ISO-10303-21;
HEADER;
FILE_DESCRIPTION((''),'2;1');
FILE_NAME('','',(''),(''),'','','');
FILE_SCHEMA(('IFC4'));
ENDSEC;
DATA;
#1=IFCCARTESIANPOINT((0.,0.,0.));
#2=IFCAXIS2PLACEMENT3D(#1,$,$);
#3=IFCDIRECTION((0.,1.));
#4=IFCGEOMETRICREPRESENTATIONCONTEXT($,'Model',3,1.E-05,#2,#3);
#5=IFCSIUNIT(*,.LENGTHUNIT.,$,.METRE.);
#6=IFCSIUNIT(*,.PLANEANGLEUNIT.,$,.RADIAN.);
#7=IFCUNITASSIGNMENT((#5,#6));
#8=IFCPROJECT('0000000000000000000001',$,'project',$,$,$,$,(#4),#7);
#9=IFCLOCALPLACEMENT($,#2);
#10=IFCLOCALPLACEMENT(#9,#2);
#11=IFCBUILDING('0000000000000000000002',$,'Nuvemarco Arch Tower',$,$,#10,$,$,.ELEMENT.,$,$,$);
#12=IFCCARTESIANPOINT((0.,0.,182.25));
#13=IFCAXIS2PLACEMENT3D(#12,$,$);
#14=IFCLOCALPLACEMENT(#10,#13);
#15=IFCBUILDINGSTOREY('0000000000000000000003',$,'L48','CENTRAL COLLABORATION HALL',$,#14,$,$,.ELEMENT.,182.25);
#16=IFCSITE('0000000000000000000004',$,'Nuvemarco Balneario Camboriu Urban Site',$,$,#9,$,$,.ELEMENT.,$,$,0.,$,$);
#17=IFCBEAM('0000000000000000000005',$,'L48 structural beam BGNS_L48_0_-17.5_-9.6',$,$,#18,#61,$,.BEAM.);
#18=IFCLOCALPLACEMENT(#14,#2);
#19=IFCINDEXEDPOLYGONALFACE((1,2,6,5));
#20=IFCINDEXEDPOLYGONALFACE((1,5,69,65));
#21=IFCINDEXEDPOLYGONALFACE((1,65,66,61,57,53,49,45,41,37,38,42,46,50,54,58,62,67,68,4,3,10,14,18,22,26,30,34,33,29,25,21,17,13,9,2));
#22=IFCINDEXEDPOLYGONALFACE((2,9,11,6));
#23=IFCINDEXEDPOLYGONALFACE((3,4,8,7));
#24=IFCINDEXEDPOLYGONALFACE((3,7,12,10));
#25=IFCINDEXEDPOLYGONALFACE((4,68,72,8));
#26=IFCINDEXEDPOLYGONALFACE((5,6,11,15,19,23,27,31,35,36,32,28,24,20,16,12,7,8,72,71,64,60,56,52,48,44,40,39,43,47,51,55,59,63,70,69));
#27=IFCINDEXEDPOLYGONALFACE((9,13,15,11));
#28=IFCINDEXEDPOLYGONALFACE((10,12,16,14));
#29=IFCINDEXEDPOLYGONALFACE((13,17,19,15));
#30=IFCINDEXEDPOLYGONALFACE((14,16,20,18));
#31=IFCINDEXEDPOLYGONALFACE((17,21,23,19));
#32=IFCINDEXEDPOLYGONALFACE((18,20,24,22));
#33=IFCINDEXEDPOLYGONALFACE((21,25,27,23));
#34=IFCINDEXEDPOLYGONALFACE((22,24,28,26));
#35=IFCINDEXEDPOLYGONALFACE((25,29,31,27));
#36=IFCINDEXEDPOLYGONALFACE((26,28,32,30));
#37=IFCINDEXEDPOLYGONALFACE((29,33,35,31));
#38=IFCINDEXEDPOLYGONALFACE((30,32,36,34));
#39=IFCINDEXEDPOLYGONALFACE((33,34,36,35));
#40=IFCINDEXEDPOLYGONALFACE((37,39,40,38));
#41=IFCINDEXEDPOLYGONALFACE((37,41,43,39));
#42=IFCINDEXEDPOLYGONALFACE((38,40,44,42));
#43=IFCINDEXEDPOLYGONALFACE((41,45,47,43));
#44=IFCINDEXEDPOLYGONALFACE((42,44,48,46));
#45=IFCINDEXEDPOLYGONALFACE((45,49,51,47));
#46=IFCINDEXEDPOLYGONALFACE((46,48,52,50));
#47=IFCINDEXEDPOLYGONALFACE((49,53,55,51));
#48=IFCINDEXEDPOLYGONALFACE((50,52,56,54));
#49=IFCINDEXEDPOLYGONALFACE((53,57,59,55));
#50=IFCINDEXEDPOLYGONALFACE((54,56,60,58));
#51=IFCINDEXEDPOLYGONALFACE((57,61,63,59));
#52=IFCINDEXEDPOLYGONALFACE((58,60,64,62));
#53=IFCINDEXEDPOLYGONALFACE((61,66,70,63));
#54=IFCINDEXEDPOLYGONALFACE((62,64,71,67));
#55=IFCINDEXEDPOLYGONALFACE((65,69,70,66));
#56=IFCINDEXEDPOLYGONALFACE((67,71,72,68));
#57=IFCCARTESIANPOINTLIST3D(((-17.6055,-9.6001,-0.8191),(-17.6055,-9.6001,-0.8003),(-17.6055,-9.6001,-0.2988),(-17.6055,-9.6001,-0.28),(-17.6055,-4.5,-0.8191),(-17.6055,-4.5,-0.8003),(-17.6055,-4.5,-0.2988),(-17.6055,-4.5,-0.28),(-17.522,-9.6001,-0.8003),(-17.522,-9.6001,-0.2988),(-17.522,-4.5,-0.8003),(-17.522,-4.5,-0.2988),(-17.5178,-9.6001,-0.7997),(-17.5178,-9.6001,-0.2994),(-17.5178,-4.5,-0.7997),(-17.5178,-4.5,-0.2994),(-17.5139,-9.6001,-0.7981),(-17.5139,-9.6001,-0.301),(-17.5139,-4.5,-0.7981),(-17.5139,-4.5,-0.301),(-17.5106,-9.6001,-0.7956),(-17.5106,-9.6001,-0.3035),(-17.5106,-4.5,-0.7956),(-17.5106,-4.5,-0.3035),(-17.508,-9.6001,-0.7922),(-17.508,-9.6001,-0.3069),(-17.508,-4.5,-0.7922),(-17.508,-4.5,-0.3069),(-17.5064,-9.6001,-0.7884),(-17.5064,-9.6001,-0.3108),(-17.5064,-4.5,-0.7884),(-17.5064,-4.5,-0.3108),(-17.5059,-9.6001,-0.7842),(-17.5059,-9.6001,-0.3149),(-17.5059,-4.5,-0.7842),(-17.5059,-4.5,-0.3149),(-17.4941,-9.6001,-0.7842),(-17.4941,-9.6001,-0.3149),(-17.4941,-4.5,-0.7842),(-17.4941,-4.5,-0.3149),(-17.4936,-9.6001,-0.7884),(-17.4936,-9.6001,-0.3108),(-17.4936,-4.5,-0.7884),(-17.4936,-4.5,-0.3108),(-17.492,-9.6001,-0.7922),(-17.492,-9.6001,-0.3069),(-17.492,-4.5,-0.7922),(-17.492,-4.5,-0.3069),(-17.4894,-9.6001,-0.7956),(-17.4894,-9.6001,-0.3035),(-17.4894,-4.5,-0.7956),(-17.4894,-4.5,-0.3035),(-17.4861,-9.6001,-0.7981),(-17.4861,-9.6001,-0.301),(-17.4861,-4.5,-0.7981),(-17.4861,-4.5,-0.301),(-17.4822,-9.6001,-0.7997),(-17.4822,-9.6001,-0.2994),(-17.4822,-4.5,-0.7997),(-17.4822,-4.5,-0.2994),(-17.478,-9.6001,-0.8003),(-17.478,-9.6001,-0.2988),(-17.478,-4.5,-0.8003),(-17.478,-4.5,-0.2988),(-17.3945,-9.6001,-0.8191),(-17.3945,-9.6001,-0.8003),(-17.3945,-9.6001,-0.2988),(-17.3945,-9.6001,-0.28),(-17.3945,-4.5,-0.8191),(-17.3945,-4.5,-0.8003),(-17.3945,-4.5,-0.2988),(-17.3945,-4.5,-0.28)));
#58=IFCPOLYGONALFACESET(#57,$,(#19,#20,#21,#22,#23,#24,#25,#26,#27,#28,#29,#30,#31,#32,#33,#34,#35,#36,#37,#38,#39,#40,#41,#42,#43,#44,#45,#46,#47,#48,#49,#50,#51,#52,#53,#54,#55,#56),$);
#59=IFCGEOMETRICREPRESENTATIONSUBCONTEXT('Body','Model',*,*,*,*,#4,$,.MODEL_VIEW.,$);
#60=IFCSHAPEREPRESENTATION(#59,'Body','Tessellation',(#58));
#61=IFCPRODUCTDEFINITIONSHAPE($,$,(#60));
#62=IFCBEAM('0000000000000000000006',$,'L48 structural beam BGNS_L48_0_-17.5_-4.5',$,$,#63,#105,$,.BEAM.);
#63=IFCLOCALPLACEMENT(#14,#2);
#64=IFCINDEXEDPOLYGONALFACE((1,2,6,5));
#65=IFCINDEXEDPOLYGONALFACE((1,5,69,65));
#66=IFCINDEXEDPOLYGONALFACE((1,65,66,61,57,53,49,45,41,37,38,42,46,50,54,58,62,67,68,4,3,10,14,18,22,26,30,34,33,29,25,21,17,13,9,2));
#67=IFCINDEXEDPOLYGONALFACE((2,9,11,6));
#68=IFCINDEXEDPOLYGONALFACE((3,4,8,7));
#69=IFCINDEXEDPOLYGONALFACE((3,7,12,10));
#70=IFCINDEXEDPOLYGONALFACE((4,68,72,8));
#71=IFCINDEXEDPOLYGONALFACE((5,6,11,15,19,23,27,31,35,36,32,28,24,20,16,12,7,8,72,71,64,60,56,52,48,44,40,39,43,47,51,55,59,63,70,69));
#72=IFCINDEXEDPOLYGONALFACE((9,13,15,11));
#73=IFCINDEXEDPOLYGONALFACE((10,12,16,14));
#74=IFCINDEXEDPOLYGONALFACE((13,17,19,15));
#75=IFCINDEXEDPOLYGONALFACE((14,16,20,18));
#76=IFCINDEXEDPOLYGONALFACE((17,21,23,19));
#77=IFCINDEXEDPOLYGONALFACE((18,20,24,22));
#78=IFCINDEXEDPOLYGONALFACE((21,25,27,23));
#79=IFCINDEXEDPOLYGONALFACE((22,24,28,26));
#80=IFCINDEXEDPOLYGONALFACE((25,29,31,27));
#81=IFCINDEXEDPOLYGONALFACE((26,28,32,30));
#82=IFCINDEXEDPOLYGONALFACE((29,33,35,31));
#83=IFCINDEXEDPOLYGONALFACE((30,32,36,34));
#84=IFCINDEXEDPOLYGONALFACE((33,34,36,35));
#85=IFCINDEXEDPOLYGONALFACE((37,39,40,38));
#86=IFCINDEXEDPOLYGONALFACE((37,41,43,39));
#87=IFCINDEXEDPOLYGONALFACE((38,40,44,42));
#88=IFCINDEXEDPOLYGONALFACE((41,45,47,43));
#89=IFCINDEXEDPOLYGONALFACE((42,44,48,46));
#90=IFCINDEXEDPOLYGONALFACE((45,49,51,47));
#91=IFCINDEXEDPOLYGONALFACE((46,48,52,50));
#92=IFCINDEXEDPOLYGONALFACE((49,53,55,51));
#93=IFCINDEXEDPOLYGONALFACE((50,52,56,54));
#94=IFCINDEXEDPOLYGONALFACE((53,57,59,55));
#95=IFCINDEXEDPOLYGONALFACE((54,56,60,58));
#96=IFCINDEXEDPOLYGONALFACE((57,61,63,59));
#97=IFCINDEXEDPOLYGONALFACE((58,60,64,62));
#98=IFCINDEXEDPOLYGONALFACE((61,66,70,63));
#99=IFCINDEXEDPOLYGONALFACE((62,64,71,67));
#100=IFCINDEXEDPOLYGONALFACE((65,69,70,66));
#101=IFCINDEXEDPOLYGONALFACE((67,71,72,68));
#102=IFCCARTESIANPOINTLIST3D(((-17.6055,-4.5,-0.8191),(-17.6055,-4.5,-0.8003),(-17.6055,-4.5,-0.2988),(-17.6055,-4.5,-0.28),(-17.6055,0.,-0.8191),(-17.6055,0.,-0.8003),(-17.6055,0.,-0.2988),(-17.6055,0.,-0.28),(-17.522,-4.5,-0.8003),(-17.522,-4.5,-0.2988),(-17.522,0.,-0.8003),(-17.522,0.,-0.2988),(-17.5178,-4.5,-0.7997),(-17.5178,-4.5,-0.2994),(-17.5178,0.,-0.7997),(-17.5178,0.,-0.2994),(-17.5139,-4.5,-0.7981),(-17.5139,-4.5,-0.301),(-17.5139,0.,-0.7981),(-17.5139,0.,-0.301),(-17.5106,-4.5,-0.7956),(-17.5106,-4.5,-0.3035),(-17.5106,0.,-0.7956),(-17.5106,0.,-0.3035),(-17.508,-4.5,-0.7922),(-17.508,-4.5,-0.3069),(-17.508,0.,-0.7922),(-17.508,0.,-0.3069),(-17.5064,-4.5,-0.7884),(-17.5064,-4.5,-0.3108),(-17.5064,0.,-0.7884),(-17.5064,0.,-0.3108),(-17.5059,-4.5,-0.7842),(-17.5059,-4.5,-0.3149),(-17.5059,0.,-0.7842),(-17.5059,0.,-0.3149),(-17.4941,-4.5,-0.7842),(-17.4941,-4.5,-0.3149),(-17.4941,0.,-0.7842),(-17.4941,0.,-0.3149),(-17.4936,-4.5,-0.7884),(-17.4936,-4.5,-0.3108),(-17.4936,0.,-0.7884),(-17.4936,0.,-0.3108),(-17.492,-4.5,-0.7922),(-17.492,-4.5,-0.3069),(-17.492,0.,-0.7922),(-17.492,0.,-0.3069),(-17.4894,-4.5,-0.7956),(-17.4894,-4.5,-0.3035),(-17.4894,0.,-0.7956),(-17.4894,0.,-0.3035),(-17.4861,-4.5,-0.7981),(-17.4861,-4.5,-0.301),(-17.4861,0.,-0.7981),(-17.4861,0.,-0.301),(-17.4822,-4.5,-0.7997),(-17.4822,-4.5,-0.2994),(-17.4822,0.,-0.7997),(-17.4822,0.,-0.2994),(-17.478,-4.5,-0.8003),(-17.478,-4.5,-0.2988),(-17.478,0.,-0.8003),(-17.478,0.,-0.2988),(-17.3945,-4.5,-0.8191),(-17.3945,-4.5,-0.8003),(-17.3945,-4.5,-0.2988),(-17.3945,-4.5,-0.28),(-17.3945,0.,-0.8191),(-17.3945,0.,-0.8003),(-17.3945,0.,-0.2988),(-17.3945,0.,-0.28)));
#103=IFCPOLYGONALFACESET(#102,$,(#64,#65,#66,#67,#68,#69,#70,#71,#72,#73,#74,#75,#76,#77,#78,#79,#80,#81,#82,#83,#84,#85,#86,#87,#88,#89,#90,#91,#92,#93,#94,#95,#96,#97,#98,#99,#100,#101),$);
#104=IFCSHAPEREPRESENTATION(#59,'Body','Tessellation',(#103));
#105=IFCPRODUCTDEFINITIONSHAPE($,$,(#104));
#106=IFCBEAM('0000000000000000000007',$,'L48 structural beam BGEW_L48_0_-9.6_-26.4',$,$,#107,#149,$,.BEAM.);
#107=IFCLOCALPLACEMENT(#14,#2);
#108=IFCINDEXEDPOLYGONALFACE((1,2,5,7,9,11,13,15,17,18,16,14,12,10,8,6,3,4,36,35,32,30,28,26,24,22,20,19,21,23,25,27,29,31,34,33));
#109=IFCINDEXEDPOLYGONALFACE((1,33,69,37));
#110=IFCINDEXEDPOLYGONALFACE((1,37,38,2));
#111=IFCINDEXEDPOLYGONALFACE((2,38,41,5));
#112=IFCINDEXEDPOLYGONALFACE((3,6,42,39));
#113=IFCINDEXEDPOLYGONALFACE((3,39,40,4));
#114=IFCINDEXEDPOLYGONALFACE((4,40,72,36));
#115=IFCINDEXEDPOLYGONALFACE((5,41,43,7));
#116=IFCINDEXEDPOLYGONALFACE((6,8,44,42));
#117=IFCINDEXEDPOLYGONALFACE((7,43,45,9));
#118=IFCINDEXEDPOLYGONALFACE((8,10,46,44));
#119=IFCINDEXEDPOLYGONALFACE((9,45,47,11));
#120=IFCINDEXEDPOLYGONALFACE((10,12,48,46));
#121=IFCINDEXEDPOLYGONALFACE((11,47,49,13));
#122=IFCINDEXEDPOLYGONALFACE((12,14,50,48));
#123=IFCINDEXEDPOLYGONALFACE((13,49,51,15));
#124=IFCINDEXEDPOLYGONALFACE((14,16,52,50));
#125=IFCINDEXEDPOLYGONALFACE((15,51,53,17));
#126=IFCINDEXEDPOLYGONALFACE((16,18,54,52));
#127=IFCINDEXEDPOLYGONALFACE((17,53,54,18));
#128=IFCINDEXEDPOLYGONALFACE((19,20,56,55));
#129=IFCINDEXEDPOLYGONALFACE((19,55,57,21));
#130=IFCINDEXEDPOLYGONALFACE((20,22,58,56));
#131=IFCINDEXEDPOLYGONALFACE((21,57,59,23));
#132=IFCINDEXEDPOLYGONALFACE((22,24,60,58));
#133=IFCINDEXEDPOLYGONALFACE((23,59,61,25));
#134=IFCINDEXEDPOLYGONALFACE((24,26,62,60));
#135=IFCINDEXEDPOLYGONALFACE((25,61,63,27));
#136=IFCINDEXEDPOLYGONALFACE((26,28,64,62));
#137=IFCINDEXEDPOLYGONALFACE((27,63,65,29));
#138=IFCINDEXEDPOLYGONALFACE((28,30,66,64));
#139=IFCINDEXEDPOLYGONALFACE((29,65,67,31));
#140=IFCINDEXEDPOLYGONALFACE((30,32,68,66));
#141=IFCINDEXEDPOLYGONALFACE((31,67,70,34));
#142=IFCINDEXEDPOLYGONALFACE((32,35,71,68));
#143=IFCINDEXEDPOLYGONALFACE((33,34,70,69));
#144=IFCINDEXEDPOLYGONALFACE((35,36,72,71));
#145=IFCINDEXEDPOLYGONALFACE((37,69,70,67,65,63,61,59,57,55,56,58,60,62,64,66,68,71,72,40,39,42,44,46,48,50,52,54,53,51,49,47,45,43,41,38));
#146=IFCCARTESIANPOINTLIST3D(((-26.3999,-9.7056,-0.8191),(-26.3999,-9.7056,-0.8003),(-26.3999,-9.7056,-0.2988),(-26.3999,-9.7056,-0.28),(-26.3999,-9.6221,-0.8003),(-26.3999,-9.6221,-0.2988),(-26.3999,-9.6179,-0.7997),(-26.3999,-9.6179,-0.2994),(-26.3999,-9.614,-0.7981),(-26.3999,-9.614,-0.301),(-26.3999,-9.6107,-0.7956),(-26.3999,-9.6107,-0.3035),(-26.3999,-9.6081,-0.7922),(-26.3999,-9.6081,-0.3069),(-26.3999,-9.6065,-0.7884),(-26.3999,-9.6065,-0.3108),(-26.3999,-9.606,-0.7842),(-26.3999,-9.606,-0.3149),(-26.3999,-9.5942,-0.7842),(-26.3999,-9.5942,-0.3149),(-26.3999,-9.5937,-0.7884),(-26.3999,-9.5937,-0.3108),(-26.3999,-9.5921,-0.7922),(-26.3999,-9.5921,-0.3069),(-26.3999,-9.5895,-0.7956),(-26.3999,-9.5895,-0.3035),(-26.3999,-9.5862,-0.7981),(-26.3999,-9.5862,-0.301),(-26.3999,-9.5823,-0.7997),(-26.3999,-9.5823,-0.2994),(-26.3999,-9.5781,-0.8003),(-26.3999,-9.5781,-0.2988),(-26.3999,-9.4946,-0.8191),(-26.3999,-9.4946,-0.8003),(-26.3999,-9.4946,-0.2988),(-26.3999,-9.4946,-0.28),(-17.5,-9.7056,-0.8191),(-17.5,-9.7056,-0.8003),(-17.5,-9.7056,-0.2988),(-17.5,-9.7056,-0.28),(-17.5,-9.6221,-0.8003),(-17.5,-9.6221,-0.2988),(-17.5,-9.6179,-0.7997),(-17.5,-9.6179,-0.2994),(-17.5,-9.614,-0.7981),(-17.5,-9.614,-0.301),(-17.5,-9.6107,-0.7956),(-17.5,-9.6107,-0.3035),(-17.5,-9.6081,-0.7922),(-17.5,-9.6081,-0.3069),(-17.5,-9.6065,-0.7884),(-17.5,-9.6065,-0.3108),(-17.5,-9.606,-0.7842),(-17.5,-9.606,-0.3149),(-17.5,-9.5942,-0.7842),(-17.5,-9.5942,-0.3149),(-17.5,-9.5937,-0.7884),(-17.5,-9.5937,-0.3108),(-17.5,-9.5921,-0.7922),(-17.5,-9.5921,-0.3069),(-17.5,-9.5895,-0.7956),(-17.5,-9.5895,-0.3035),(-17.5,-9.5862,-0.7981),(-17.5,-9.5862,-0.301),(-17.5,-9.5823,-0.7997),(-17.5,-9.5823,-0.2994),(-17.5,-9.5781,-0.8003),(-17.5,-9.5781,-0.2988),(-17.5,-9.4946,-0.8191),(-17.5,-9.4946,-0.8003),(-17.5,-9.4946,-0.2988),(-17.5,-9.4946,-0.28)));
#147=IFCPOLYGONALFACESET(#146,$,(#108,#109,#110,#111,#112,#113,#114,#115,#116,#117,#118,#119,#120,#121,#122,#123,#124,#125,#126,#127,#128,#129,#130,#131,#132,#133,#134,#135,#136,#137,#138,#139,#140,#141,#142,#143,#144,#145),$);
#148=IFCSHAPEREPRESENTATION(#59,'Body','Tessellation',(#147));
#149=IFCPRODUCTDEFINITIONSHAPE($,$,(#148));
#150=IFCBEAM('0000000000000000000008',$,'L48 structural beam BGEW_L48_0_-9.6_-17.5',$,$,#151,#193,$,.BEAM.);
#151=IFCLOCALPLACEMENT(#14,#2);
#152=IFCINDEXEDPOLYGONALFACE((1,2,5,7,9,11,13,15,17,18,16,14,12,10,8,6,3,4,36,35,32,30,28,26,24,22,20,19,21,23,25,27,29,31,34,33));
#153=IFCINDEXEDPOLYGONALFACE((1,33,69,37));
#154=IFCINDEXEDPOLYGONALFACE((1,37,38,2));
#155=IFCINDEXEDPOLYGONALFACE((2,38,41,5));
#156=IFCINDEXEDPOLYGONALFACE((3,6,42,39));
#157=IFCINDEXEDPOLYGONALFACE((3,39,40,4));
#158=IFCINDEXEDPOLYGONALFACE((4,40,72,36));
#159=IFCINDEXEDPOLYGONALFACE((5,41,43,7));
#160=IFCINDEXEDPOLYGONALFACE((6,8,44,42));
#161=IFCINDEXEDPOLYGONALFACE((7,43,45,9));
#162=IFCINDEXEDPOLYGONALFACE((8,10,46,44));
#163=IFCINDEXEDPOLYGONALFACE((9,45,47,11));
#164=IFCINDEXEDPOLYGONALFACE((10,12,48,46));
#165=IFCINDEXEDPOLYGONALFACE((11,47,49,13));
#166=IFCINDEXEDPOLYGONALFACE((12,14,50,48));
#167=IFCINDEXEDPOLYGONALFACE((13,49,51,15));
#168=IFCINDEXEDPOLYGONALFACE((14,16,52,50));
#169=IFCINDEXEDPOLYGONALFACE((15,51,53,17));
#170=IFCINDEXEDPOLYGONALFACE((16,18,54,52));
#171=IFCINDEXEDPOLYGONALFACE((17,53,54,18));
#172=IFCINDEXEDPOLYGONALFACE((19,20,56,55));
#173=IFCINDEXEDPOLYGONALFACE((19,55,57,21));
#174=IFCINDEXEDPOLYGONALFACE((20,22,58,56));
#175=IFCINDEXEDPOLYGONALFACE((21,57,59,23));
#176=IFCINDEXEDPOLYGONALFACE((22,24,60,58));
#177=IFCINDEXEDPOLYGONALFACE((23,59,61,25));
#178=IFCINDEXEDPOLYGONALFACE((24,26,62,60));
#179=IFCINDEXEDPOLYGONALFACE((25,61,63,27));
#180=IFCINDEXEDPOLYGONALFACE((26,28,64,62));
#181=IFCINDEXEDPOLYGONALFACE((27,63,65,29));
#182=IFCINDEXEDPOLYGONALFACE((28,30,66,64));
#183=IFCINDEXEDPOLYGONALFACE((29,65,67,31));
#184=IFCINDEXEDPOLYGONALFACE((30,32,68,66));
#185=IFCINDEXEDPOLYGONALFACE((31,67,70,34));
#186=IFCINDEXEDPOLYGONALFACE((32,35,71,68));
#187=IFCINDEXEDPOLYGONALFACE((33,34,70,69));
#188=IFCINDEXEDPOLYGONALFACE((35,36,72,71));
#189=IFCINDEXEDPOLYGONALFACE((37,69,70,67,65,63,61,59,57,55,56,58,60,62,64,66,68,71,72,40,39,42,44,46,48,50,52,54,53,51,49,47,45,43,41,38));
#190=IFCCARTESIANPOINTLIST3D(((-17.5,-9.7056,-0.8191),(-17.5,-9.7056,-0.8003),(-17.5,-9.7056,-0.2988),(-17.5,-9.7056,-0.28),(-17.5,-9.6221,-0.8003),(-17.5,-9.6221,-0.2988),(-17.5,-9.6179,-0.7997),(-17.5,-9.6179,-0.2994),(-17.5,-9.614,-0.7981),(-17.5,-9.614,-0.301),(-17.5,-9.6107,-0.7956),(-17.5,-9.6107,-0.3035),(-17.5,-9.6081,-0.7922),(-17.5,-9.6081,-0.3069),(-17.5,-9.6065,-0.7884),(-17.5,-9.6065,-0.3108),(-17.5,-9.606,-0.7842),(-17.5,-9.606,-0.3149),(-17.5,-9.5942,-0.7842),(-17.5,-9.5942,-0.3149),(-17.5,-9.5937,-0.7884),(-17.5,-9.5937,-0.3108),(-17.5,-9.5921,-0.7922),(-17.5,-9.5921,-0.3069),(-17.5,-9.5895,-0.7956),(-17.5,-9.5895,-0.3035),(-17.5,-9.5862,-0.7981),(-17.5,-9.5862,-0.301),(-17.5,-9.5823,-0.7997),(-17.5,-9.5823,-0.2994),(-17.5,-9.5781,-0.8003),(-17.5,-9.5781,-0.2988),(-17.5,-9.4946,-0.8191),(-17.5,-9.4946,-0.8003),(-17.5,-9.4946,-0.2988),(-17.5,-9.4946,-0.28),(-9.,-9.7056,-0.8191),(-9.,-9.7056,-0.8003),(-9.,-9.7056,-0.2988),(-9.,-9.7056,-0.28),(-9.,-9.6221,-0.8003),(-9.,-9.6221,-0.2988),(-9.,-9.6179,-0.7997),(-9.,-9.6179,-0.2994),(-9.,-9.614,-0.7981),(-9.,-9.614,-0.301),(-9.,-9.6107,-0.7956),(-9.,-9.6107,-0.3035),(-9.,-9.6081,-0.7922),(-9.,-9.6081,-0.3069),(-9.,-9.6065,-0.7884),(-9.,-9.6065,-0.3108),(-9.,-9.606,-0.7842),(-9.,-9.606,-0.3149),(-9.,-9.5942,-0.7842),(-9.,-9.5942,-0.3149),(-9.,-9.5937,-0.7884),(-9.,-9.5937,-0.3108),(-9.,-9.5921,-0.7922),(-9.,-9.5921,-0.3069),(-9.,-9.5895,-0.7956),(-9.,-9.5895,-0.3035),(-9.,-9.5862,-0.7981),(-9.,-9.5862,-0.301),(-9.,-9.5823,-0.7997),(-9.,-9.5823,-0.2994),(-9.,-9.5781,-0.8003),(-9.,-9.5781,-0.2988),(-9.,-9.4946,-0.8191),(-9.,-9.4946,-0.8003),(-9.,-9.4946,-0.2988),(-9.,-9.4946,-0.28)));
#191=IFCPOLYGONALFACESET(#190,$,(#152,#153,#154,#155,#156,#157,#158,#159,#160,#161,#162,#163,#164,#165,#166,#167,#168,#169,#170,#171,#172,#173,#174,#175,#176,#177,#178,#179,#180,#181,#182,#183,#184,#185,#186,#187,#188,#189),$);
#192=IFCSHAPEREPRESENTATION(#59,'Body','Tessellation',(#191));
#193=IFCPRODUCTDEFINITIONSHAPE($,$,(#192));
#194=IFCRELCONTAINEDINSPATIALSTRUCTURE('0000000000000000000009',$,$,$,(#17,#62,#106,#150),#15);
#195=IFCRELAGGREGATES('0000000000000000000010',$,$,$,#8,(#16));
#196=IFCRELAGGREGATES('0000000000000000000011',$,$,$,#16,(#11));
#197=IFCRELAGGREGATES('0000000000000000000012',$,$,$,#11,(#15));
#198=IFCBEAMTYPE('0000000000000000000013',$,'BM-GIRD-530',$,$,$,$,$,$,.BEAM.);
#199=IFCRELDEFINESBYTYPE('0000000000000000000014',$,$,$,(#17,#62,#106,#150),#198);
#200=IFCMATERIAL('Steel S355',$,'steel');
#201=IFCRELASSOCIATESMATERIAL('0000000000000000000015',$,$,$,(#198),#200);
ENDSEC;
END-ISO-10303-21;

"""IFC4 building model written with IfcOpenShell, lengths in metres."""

from ifc_helpers import new_model, si_unit, direction, frame, origin, origin_2d, place, context, subcontext, project, spatial, i_section, extrude, material, material_profile, profile_set, type_object, element, save


model = new_model("IFC4")

# Units and contexts
model_context = context("Model", 3, precision=1e-05, world=origin(), true_north=direction((0.0, 1.0)))
body_context = subcontext(model_context, "Body", "Model", "MODEL_VIEW")
ifc_project = project(units=[si_unit("LENGTHUNIT", "METRE"), si_unit("PLANEANGLEUNIT", "RADIAN")], contexts=[model_context])

# Site, building, storey
site_placement = place(None, origin())
site = spatial("IfcSite", under=ifc_project, at=site_placement, Name="Nuvemarco Balneario Camboriu Urban Site", CompositionType="ELEMENT", RefElevation=0.0)
building_placement = place(site_placement, origin())
building = spatial("IfcBuilding", under=site, at=building_placement, Name="Nuvemarco Arch Tower", CompositionType="ELEMENT")
storey_placement = place(building_placement, frame((0.0, 0.0, 182.25)))
storey = spatial("IfcBuildingStorey", under=building, at=storey_placement, Name="L48", Description="CENTRAL COLLABORATION HALL", CompositionType="ELEMENT", Elevation=182.25)

# Shared definitions
ifc_material_1 = material(Name="Steel S355", Category="steel")

# Beams
ifc_material_profile_1 = material_profile(ifc_material_1, i_section(OverallWidth=0.2109, OverallDepth=0.5391, WebThickness=0.0117, FlangeThickness=0.0188, FilletRadius=0.0161, at=origin_2d()), Name="W530x109")
ifc_profile_set_1 = profile_set([ifc_material_profile_1], Name="Steel S355")
beam_type_1 = type_object("IfcBeamType", Name="BM-GIRD-530", PredefinedType="BEAM", material=ifc_profile_set_1)
beam_1_placement = place(storey_placement, frame((-17.5, -9.6001, -0.5496), z_axis=(0.0, 1.0, 0.0), x_axis=(-1.0, 0.0, 0.0)))
element("IfcBeam", 1, at=beam_1_placement, inside=storey, type_object=beam_type_1, Name="L48 structural beam BGNS_L48_0_-17.5_-9.6", PredefinedType="BEAM", context=body_context, shape_type="SweptSolid", body=[
    extrude(i_section(OverallWidth=0.2109, OverallDepth=0.5391, WebThickness=0.0117, FlangeThickness=0.0188, FilletRadius=0.0161, at=origin_2d()), origin(), (0.0, 0.0, 1.0), 5.1001),
])
beam_2_placement = place(storey_placement, frame((-17.5, -4.5, -0.5496), z_axis=(0.0, 1.0, 0.0), x_axis=(-1.0, 0.0, 0.0)))
element("IfcBeam", 2, at=beam_2_placement, inside=storey, type_object=beam_type_1, Name="L48 structural beam BGNS_L48_0_-17.5_-4.5", PredefinedType="BEAM", context=body_context, shape_type="SweptSolid", body=[
    extrude(i_section(OverallWidth=0.2109, OverallDepth=0.5391, WebThickness=0.0117, FlangeThickness=0.0188, FilletRadius=0.0161, at=origin_2d()), origin(), (0.0, 0.0, 1.0), 4.5),
])
beam_3_placement = place(storey_placement, frame((-26.3999, -9.6001, -0.5496), z_axis=(1.0, 0.0, 0.0), x_axis=(0.0, 1.0, 0.0)))
element("IfcBeam", 3, at=beam_3_placement, inside=storey, type_object=beam_type_1, Name="L48 structural beam BGEW_L48_0_-9.6_-26.4", PredefinedType="BEAM", context=body_context, shape_type="SweptSolid", body=[
    extrude(i_section(OverallWidth=0.2109, OverallDepth=0.5391, WebThickness=0.0117, FlangeThickness=0.0188, FilletRadius=0.0161, at=origin_2d()), origin(), (0.0, 0.0, 1.0), 8.8999),
])
beam_4_placement = place(storey_placement, frame((-17.5, -9.6001, -0.5496), z_axis=(1.0, 0.0, 0.0), x_axis=(0.0, 1.0, 0.0)))
element("IfcBeam", 4, at=beam_4_placement, inside=storey, type_object=beam_type_1, Name="L48 structural beam BGEW_L48_0_-9.6_-17.5", PredefinedType="BEAM", context=body_context, shape_type="SweptSolid", body=[
    extrude(i_section(OverallWidth=0.2109, OverallDepth=0.5391, WebThickness=0.0117, FlangeThickness=0.0188, FilletRadius=0.0161, at=origin_2d()), origin(), (0.0, 0.0, 1.0), 8.5),
])

save(model, "model.ifc")
